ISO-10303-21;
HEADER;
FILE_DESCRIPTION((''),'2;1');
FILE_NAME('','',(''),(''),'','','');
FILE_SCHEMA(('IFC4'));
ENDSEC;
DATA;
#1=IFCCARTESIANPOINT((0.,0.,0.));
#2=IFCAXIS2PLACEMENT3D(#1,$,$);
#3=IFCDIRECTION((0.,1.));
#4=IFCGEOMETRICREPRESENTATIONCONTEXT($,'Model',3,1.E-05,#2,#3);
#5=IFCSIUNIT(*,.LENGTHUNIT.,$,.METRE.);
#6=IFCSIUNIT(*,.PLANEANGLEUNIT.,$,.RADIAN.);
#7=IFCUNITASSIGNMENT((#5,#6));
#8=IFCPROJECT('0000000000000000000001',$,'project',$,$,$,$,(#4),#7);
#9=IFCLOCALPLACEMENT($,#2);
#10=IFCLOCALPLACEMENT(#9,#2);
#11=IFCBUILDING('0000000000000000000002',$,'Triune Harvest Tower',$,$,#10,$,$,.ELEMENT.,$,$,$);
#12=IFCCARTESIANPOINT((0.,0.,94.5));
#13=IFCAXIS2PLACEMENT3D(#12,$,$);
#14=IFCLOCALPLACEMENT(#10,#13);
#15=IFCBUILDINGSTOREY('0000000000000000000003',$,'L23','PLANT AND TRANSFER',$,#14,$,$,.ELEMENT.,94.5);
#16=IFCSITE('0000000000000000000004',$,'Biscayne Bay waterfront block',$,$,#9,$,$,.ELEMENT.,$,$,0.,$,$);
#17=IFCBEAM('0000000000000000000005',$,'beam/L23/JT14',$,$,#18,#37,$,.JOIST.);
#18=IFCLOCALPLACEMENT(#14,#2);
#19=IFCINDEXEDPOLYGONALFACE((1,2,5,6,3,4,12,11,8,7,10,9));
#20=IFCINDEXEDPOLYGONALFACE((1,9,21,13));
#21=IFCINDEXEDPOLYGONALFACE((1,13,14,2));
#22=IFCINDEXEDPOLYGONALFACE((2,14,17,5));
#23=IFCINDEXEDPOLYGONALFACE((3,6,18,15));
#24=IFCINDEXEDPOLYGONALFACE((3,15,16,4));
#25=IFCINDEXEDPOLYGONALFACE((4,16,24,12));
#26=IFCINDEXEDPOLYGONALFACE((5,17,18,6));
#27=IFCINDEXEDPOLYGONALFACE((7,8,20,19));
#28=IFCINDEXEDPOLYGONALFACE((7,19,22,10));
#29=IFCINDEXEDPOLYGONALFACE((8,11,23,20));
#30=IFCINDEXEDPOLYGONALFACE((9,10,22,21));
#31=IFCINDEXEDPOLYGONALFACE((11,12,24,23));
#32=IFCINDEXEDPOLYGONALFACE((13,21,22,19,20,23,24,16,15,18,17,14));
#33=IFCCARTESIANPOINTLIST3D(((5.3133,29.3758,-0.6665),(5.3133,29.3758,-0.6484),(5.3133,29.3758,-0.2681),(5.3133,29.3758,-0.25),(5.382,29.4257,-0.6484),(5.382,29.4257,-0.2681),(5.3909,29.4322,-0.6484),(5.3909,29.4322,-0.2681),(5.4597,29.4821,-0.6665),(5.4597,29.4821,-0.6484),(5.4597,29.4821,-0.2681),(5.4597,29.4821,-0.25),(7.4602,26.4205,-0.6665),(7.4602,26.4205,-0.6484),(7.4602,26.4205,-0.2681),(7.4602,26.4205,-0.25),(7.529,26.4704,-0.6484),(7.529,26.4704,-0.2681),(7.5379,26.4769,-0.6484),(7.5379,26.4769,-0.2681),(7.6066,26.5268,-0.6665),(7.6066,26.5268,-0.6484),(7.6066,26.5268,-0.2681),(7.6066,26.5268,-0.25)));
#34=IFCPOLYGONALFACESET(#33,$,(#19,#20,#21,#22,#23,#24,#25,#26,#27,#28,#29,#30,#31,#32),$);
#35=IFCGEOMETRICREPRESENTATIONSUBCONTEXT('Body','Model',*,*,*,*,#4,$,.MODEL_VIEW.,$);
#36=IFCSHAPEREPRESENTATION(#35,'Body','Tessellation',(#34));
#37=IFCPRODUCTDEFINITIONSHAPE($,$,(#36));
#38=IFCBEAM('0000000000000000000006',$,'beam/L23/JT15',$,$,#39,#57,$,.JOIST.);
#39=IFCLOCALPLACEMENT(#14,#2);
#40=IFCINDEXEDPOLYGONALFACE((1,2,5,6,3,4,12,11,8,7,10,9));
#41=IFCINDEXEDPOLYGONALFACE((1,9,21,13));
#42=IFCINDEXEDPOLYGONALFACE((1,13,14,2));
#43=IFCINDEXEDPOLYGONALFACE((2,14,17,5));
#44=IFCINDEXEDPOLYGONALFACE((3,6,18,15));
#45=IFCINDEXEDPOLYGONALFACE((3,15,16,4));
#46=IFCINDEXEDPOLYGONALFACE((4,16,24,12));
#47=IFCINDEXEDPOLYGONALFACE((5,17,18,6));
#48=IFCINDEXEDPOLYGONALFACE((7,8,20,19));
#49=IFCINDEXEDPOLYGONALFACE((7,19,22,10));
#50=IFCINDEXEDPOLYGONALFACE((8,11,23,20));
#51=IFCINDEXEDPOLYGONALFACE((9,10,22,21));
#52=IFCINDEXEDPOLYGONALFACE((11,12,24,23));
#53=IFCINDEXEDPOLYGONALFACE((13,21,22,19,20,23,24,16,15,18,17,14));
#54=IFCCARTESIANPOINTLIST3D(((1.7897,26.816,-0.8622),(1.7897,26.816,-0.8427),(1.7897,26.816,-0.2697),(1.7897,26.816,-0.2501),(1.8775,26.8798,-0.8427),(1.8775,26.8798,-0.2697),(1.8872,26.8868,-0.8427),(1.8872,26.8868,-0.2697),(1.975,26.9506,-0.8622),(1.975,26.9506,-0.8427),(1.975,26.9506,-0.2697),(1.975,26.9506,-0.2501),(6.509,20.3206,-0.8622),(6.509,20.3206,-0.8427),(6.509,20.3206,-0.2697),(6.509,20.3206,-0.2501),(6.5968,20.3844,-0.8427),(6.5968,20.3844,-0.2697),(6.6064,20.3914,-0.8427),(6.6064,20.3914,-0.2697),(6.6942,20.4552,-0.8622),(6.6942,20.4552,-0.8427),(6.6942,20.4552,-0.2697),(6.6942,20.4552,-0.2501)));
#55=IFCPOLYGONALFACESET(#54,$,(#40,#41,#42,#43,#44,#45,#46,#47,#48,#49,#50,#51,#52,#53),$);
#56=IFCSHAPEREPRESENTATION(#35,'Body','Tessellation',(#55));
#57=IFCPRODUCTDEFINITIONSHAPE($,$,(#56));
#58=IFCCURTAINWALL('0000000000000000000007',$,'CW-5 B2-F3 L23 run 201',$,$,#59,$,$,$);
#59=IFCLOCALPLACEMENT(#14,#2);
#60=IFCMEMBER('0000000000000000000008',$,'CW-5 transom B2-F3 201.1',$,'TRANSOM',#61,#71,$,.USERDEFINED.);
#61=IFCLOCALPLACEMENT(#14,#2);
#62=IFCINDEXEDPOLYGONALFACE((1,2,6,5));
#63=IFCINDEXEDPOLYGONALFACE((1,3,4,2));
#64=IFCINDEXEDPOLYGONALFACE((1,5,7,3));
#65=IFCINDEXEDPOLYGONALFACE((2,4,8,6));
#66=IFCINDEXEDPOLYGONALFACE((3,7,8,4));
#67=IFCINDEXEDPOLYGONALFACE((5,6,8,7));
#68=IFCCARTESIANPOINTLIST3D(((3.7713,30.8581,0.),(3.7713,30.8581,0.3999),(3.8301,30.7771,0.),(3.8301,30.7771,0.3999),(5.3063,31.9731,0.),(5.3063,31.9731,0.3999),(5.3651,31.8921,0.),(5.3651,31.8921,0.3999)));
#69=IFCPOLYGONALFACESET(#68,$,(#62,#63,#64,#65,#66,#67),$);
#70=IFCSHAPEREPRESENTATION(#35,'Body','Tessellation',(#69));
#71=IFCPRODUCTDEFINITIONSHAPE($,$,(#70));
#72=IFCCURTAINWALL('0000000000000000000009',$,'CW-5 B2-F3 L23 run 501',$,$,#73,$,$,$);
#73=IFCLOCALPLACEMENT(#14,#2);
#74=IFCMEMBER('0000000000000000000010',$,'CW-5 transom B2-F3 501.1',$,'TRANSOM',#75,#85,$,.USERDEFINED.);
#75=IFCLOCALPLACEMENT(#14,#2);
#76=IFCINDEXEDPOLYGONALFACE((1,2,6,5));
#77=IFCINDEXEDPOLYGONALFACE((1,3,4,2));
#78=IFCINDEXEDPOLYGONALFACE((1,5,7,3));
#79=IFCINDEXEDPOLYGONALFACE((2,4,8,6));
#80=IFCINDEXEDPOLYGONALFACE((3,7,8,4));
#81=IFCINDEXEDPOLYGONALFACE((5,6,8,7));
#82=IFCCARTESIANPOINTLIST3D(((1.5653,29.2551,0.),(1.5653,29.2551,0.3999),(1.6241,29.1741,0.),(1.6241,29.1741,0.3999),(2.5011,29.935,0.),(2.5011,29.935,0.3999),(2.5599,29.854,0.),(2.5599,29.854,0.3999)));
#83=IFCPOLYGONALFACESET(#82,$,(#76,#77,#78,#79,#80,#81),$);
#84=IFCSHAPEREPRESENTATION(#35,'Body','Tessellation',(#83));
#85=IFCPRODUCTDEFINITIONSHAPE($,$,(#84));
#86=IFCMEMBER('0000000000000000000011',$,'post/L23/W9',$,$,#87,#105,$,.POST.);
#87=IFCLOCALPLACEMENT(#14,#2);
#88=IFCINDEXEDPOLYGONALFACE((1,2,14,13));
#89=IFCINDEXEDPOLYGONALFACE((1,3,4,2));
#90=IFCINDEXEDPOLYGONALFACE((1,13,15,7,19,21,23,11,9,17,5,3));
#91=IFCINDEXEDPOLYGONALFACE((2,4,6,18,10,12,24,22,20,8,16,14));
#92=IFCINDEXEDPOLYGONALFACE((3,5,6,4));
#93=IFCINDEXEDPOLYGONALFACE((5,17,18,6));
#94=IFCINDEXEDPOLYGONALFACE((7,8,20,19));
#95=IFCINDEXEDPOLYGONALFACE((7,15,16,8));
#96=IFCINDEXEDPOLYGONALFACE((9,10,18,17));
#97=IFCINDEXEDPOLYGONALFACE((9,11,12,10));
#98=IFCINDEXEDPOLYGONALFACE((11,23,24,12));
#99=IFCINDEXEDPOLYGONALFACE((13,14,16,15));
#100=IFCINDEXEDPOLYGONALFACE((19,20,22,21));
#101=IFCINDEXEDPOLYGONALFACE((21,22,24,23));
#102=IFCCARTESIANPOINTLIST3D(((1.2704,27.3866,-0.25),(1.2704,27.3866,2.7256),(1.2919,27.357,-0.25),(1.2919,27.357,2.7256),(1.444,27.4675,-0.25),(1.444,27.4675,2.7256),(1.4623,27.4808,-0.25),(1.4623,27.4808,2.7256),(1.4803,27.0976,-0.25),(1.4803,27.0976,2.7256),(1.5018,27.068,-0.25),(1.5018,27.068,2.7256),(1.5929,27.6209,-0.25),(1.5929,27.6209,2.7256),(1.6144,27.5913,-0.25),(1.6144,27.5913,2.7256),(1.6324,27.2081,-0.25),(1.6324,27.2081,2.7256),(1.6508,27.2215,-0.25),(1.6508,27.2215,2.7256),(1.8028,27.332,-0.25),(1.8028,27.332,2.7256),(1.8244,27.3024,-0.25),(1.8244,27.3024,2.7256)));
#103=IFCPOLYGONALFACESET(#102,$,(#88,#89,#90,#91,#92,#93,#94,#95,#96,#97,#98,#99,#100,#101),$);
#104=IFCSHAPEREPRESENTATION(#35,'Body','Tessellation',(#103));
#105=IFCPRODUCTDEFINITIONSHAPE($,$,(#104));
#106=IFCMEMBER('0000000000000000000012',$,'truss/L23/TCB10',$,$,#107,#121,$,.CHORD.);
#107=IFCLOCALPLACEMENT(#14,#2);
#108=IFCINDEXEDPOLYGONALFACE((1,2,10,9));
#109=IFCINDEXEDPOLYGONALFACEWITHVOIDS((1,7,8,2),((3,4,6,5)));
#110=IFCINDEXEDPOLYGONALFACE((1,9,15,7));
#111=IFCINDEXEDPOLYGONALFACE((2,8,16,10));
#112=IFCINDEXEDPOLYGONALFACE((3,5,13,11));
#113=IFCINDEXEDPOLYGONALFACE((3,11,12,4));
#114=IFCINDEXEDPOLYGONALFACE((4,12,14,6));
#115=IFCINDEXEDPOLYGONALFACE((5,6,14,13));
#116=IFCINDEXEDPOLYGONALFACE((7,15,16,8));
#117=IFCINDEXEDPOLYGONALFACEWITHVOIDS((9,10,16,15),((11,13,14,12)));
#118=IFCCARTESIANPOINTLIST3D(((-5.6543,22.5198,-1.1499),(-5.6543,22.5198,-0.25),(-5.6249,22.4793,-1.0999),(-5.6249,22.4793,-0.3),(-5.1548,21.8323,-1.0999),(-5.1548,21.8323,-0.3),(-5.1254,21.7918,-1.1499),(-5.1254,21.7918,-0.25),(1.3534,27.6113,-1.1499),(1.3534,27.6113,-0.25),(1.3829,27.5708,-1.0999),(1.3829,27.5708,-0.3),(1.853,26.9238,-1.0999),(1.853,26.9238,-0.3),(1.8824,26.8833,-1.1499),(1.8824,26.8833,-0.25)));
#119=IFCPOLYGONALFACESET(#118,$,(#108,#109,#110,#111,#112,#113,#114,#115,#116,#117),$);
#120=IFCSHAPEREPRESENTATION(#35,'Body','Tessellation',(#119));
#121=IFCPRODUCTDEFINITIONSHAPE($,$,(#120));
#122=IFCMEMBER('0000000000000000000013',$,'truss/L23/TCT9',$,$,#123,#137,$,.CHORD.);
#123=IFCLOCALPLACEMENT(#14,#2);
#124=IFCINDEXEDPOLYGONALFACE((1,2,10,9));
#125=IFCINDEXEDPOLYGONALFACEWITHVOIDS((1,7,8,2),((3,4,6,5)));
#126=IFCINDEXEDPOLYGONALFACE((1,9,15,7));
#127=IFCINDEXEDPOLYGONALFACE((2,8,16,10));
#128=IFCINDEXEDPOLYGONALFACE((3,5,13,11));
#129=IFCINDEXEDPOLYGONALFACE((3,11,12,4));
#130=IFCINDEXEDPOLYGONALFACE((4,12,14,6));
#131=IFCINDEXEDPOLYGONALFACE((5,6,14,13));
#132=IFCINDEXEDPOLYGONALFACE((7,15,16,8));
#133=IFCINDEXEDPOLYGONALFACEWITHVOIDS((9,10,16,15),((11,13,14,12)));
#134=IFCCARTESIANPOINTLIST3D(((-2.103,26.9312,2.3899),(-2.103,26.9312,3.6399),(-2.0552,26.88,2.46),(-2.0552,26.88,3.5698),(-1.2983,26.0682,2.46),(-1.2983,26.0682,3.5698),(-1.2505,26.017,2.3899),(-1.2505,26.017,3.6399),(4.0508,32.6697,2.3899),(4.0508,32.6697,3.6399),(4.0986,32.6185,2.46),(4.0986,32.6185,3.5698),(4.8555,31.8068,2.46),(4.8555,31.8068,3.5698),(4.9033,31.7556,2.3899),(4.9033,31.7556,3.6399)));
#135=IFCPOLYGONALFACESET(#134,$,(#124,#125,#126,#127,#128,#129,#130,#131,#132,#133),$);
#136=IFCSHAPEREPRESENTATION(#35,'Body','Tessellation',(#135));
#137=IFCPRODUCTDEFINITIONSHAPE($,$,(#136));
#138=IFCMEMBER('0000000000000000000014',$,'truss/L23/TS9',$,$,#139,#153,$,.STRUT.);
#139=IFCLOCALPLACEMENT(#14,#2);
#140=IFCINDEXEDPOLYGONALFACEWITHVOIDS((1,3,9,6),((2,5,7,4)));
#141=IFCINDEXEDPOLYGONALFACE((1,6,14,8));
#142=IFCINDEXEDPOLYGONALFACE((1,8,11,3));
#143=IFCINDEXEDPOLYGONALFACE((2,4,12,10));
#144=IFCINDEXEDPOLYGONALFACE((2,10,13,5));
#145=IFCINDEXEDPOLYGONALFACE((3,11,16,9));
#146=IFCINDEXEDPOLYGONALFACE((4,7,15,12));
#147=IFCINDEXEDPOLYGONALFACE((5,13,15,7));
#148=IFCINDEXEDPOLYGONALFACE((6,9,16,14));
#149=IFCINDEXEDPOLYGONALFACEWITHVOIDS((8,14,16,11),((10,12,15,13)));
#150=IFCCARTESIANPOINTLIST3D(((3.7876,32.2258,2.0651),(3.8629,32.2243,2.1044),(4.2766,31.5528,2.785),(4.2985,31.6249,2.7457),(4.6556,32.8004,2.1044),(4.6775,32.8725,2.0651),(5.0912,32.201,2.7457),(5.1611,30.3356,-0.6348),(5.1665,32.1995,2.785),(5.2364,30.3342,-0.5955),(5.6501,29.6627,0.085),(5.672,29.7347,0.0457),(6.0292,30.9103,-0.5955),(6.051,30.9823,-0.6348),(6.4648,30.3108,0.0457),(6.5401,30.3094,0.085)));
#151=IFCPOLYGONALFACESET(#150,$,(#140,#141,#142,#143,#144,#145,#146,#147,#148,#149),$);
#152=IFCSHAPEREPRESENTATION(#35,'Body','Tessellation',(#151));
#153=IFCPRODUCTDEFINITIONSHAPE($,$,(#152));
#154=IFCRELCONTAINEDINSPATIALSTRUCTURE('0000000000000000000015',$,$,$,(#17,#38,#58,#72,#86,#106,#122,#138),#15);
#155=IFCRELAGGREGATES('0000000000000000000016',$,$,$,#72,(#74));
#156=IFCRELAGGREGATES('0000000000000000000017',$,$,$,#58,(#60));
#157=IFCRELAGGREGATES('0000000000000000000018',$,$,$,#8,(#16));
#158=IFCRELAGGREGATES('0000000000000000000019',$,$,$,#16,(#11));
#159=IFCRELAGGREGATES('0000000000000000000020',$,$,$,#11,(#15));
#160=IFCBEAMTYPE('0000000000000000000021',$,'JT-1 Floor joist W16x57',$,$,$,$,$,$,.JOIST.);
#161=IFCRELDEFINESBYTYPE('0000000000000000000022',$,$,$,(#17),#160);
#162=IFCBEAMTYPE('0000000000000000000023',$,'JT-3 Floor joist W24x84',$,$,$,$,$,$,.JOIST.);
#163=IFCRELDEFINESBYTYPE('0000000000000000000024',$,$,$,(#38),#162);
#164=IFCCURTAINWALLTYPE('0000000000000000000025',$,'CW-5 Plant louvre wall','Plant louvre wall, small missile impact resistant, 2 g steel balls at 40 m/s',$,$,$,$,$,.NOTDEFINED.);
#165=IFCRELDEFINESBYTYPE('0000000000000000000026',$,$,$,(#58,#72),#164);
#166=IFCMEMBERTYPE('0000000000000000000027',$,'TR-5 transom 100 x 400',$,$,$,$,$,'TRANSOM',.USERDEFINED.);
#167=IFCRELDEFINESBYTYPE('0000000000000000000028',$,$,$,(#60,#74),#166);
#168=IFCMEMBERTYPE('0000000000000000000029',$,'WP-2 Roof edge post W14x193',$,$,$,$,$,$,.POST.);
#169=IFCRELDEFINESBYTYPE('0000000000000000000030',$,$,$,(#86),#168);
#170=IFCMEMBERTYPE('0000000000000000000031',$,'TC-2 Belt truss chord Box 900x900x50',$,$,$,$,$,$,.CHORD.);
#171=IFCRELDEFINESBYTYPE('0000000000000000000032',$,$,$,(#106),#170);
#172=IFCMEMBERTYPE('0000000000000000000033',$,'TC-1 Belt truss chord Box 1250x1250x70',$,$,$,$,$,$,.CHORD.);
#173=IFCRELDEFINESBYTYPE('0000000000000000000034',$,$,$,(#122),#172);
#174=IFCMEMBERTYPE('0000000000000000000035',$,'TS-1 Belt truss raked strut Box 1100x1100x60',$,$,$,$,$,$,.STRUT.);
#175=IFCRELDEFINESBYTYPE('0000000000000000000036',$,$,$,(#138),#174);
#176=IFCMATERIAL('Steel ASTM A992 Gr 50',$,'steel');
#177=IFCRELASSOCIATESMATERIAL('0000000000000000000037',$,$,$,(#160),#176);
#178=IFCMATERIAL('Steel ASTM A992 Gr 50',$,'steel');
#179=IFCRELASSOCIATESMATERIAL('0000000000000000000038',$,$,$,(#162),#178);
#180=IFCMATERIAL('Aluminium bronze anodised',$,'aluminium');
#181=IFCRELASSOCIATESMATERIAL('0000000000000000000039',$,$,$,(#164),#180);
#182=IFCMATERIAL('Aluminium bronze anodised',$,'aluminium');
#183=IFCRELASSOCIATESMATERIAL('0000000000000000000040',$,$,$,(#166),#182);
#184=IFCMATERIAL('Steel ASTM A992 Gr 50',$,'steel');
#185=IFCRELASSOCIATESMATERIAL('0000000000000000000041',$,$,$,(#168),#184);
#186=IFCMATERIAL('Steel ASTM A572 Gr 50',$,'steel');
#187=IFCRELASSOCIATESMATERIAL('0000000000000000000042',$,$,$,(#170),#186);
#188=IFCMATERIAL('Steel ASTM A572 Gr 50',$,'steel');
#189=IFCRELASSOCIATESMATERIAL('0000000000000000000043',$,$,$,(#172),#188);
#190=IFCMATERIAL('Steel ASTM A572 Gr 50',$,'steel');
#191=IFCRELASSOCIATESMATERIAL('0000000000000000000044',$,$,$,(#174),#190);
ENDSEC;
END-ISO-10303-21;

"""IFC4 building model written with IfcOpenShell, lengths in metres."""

from ifc_helpers import new_model, si_unit, direction, frame, origin, origin_2d, place, context, subcontext, project, spatial, rectangle, hollow_rectangle, i_section, extrude, source, transform, mapped, material, material_profile, profile_set, type_object, element, aggregate, save


model = new_model("IFC4")

# Units and contexts
model_context = context("Model", 3, precision=1e-05, world=origin(), true_north=direction((0.0, 1.0)))
body_context = subcontext(model_context, "Body", "Model", "MODEL_VIEW")
ifc_project = project(units=[si_unit("LENGTHUNIT", "METRE"), si_unit("PLANEANGLEUNIT", "RADIAN")], contexts=[model_context])

# Site, building, storey
site_placement = place(None, origin())
site = spatial("IfcSite", under=ifc_project, at=site_placement, Name="Biscayne Bay waterfront block", CompositionType="ELEMENT", RefElevation=0.0)
building_placement = place(site_placement, origin())
building = spatial("IfcBuilding", under=site, at=building_placement, Name="Triune Harvest Tower", CompositionType="ELEMENT")
storey_placement = place(building_placement, frame((0.0, 0.0, 94.5)))
storey = spatial("IfcBuildingStorey", under=building, at=storey_placement, Name="L23", Description="PLANT AND TRANSFER", CompositionType="ELEMENT", Elevation=94.5)

# Beams
ifc_material_1 = material(Name="Steel ASTM A992 Gr 50", Category="steel")
ifc_material_profile_1 = material_profile(ifc_material_1, i_section(OverallWidth=0.1809, OverallDepth=0.4165, WebThickness=0.011, FlangeThickness=0.0181, at=origin_2d()), Name="W16x57")
ifc_profile_set_1 = profile_set([ifc_material_profile_1], Name="Steel ASTM A992 Gr 50")
beam_type_1 = type_object("IfcBeamType", Name="JT-1 Floor joist W16x57", PredefinedType="JOIST", material=ifc_profile_set_1)
beam_1_placement = place(storey_placement, frame((5.3865, 29.429, -0.4583), z_axis=(0.58775, -0.809042, 0.0), x_axis=(0.809042, 0.58775, 0.0)))
element("IfcBeam", 1, at=beam_1_placement, inside=storey, type_object=beam_type_1, Name="beam/L23/JT14", PredefinedType="JOIST", context=body_context, shape_type="SweptSolid", body=[
    extrude(i_section(OverallWidth=0.1809, OverallDepth=0.4165, WebThickness=0.011, FlangeThickness=0.0181, at=origin_2d()), origin(), (0.0, 0.0, 1.0), 3.6528),
])
ifc_material_2 = material(Name="Steel ASTM A992 Gr 50", Category="steel")
ifc_material_profile_2 = material_profile(ifc_material_2, i_section(OverallWidth=0.229, OverallDepth=0.6121, WebThickness=0.012, FlangeThickness=0.0195, at=origin_2d()), Name="W24x84")
ifc_profile_set_2 = profile_set([ifc_material_profile_2], Name="Steel ASTM A992 Gr 50")
beam_type_2 = type_object("IfcBeamType", Name="JT-3 Floor joist W24x84", PredefinedType="JOIST", material=ifc_profile_set_2)
beam_2_placement = place(storey_placement, frame((1.8823, 26.8833, -0.5562), z_axis=(0.587792, -0.809012, 0.0), x_axis=(0.809012, 0.587792, 0.0)))
element("IfcBeam", 2, at=beam_2_placement, inside=storey, type_object=beam_type_2, Name="beam/L23/JT15", PredefinedType="JOIST", context=body_context, shape_type="SweptSolid", body=[
    extrude(i_section(OverallWidth=0.229, OverallDepth=0.6121, WebThickness=0.012, FlangeThickness=0.0195, at=origin_2d()), origin(), (0.0, 0.0, 1.0), 8.0288),
])

# Curtain walls, members
ifc_material_3 = material(Name="Aluminium bronze anodised", Category="aluminium")
curtain_wall_type = type_object("IfcCurtainWallType", Name="CW-5 Plant louvre wall", Description="Plant louvre wall, small missile impact resistant, 2 g steel balls at 40 m/s", PredefinedType="NOTDEFINED", material=ifc_material_3)
curtain_wall_1_placement = place(storey_placement, origin())
curtain_wall_1 = element("IfcCurtainWall", 3, at=curtain_wall_1_placement, inside=storey, type_object=curtain_wall_type, Name="CW-5 B2-F3 L23 run 201")
ifc_material_4 = material(Name="Aluminium bronze anodised", Category="aluminium")
ifc_material_profile_3 = material_profile(ifc_material_4, rectangle(XDim=0.1001, YDim=0.3999, at=origin_2d()), Name="TR-5 transom 100 x 400")
ifc_profile_set_3 = profile_set([ifc_material_profile_3], Name="Aluminium bronze anodised")
member_type_1 = type_object("IfcMemberType", Name="TR-5 transom 100 x 400", ElementType="TRANSOM", PredefinedType="USERDEFINED", material=ifc_profile_set_3)
member_1_placement = place(storey_placement, frame((5.3357, 31.9326, 0.2), z_axis=(-0.809064, -0.58772, 0.0), x_axis=(0.58772, -0.809064, 0.0)))
member_1 = element("IfcMember", 4, at=member_1_placement, type_object=member_type_1, Name="CW-5 transom B2-F3 201.1", ObjectType="TRANSOM", PredefinedType="USERDEFINED", context=body_context, shape_type="SweptSolid", body=[
    extrude(rectangle(XDim=0.1001, YDim=0.3999, at=origin_2d()), origin(), (0.0, 0.0, 1.0), 1.8972),
])
curtain_wall_2_placement = place(storey_placement, origin())
curtain_wall_2 = element("IfcCurtainWall", 5, at=curtain_wall_2_placement, inside=storey, type_object=curtain_wall_type, Name="CW-5 B2-F3 L23 run 501")
member_2_placement = place(storey_placement, frame((2.5305, 29.8945, 0.2), z_axis=(-0.809001, -0.587808, 0.0), x_axis=(0.587808, -0.809001, 0.0)))
member_2 = element("IfcMember", 6, at=member_2_placement, type_object=member_type_1, Name="CW-5 transom B2-F3 501.1", ObjectType="TRANSOM", PredefinedType="USERDEFINED", context=body_context, shape_type="SweptSolid", body=[
    extrude(rectangle(XDim=0.1001, YDim=0.3999, at=origin_2d()), origin(), (0.0, 0.0, 1.0), 1.1567),
])

# Members
ifc_material_5 = material(Name="Steel ASTM A992 Gr 50", Category="steel")
ifc_material_profile_4 = material_profile(ifc_material_5, i_section(OverallWidth=0.3987, OverallDepth=0.3938, WebThickness=0.0227, FlangeThickness=0.0366, at=origin_2d()), Name="W14x193")
ifc_profile_set_4 = profile_set([ifc_material_profile_4], Name="Steel ASTM A992 Gr 50")
member_type_2 = type_object("IfcMemberType", Name="WP-2 Roof edge post W14x193", PredefinedType="POST", material=ifc_profile_set_4)
shared_shape_1 = source(origin(), body_context, "Body", "SweptSolid", [
    extrude(i_section(OverallWidth=0.3987, OverallDepth=0.3938, WebThickness=0.0227, FlangeThickness=0.0366, at=origin_2d()), origin(), (0.0, 0.0, 1.0), 2.9756),
])
member_3_placement = place(storey_placement, frame((1.5474, 27.3445, -0.25), z_axis=(0.0, 0.0, 1.0), x_axis=(-0.809017, -0.587785, 0.0)))
element("IfcMember", 7, at=member_3_placement, inside=storey, type_object=member_type_2, Name="post/L23/W9", PredefinedType="POST", context=body_context, shape_type="MappedRepresentation", body=[
    mapped(shared_shape_1, transform((0.0, 0.0, 0.0), scale=1.0)),
])
ifc_material_6 = material(Name="Steel ASTM A572 Gr 50", Category="steel")
ifc_material_profile_5 = material_profile(ifc_material_6, hollow_rectangle(XDim=0.8999, YDim=0.8999, WallThickness=0.05, at=origin_2d()), Name="Box 900x900x50")
ifc_profile_set_5 = profile_set([ifc_material_profile_5], Name="Steel ASTM A572 Gr 50")
member_type_3 = type_object("IfcMemberType", Name="TC-2 Belt truss chord Box 900x900x50", PredefinedType="CHORD", material=ifc_profile_set_5)
shared_shape_2 = source(origin(), body_context, "Body", "SweptSolid", [
    extrude(hollow_rectangle(XDim=0.8999, YDim=0.8999, WallThickness=0.05, at=origin_2d()), origin(), (0.0, 0.0, 1.0), 8.6621),
])
member_4_placement = place(storey_placement, frame((1.6179, 27.2473, -0.7), z_axis=(-0.809013, -0.587791, 0.0), x_axis=(0.587791, -0.809013, 0.0)))
element("IfcMember", 8, at=member_4_placement, inside=storey, type_object=member_type_3, Name="truss/L23/TCB10", PredefinedType="CHORD", context=body_context, shape_type="MappedRepresentation", body=[
    mapped(shared_shape_2, transform((0.0, 0.0, 0.0), scale=1.0)),
])
ifc_material_7 = material(Name="Steel ASTM A572 Gr 50", Category="steel")
ifc_material_profile_6 = material_profile(ifc_material_7, hollow_rectangle(XDim=1.25, YDim=1.25, WallThickness=0.0701, at=origin_2d()), Name="Box 1250x1250x70")
ifc_profile_set_6 = profile_set([ifc_material_profile_6], Name="Steel ASTM A572 Gr 50")
member_type_4 = type_object("IfcMemberType", Name="TC-1 Belt truss chord Box 1250x1250x70", PredefinedType="CHORD", material=ifc_profile_set_6)
shared_shape_3 = source(origin(), body_context, "Body", "SweptSolid", [
    extrude(hollow_rectangle(XDim=1.25, YDim=1.25, WallThickness=0.0701, at=origin_2d()), origin(), (0.0, 0.0, 1.0), 8.4143),
])
member_5_placement = place(storey_placement, frame((4.4771, 32.2126, 3.0149), z_axis=(-0.731353, -0.681999, 0.0), x_axis=(0.681999, -0.731353, 0.0)))
element("IfcMember", 9, at=member_5_placement, inside=storey, type_object=member_type_4, Name="truss/L23/TCT9", PredefinedType="CHORD", context=body_context, shape_type="MappedRepresentation", body=[
    mapped(shared_shape_3, transform((0.0, 0.0, 0.0), scale=1.0)),
])
ifc_material_8 = material(Name="Steel ASTM A572 Gr 50", Category="steel")
ifc_material_profile_7 = material_profile(ifc_material_8, hollow_rectangle(XDim=1.1001, YDim=1.1001, WallThickness=0.0601, at=origin_2d()), Name="Box 1100x1100x60")
ifc_profile_set_7 = profile_set([ifc_material_profile_7], Name="Steel ASTM A572 Gr 50")
member_type_5 = type_object("IfcMemberType", Name="TS-1 Belt truss raked strut Box 1100x1100x60", PredefinedType="STRUT", material=ifc_profile_set_7)
shared_shape_4 = source(origin(), body_context, "Body", "SweptSolid", [
    extrude(hollow_rectangle(XDim=1.1001, YDim=1.1001, WallThickness=0.0601, at=origin_2d()), origin(), (0.0, 0.0, 1.0), 3.5706),
])
member_6_placement = place(storey_placement, frame((5.8506, 30.3225, -0.2749), z_axis=(-0.384683, 0.529366, 0.756169), x_axis=(-0.808962, -0.587861, 0.0)))
element("IfcMember", 10, at=member_6_placement, inside=storey, type_object=member_type_5, Name="truss/L23/TS9", PredefinedType="STRUT", context=body_context, shape_type="MappedRepresentation", body=[
    mapped(shared_shape_4, transform((0.0, 0.0, 0.0), scale=1.0)),
])

aggregate(curtain_wall_2, [member_2])
aggregate(curtain_wall_1, [member_1])

save(model, "model.ifc")
